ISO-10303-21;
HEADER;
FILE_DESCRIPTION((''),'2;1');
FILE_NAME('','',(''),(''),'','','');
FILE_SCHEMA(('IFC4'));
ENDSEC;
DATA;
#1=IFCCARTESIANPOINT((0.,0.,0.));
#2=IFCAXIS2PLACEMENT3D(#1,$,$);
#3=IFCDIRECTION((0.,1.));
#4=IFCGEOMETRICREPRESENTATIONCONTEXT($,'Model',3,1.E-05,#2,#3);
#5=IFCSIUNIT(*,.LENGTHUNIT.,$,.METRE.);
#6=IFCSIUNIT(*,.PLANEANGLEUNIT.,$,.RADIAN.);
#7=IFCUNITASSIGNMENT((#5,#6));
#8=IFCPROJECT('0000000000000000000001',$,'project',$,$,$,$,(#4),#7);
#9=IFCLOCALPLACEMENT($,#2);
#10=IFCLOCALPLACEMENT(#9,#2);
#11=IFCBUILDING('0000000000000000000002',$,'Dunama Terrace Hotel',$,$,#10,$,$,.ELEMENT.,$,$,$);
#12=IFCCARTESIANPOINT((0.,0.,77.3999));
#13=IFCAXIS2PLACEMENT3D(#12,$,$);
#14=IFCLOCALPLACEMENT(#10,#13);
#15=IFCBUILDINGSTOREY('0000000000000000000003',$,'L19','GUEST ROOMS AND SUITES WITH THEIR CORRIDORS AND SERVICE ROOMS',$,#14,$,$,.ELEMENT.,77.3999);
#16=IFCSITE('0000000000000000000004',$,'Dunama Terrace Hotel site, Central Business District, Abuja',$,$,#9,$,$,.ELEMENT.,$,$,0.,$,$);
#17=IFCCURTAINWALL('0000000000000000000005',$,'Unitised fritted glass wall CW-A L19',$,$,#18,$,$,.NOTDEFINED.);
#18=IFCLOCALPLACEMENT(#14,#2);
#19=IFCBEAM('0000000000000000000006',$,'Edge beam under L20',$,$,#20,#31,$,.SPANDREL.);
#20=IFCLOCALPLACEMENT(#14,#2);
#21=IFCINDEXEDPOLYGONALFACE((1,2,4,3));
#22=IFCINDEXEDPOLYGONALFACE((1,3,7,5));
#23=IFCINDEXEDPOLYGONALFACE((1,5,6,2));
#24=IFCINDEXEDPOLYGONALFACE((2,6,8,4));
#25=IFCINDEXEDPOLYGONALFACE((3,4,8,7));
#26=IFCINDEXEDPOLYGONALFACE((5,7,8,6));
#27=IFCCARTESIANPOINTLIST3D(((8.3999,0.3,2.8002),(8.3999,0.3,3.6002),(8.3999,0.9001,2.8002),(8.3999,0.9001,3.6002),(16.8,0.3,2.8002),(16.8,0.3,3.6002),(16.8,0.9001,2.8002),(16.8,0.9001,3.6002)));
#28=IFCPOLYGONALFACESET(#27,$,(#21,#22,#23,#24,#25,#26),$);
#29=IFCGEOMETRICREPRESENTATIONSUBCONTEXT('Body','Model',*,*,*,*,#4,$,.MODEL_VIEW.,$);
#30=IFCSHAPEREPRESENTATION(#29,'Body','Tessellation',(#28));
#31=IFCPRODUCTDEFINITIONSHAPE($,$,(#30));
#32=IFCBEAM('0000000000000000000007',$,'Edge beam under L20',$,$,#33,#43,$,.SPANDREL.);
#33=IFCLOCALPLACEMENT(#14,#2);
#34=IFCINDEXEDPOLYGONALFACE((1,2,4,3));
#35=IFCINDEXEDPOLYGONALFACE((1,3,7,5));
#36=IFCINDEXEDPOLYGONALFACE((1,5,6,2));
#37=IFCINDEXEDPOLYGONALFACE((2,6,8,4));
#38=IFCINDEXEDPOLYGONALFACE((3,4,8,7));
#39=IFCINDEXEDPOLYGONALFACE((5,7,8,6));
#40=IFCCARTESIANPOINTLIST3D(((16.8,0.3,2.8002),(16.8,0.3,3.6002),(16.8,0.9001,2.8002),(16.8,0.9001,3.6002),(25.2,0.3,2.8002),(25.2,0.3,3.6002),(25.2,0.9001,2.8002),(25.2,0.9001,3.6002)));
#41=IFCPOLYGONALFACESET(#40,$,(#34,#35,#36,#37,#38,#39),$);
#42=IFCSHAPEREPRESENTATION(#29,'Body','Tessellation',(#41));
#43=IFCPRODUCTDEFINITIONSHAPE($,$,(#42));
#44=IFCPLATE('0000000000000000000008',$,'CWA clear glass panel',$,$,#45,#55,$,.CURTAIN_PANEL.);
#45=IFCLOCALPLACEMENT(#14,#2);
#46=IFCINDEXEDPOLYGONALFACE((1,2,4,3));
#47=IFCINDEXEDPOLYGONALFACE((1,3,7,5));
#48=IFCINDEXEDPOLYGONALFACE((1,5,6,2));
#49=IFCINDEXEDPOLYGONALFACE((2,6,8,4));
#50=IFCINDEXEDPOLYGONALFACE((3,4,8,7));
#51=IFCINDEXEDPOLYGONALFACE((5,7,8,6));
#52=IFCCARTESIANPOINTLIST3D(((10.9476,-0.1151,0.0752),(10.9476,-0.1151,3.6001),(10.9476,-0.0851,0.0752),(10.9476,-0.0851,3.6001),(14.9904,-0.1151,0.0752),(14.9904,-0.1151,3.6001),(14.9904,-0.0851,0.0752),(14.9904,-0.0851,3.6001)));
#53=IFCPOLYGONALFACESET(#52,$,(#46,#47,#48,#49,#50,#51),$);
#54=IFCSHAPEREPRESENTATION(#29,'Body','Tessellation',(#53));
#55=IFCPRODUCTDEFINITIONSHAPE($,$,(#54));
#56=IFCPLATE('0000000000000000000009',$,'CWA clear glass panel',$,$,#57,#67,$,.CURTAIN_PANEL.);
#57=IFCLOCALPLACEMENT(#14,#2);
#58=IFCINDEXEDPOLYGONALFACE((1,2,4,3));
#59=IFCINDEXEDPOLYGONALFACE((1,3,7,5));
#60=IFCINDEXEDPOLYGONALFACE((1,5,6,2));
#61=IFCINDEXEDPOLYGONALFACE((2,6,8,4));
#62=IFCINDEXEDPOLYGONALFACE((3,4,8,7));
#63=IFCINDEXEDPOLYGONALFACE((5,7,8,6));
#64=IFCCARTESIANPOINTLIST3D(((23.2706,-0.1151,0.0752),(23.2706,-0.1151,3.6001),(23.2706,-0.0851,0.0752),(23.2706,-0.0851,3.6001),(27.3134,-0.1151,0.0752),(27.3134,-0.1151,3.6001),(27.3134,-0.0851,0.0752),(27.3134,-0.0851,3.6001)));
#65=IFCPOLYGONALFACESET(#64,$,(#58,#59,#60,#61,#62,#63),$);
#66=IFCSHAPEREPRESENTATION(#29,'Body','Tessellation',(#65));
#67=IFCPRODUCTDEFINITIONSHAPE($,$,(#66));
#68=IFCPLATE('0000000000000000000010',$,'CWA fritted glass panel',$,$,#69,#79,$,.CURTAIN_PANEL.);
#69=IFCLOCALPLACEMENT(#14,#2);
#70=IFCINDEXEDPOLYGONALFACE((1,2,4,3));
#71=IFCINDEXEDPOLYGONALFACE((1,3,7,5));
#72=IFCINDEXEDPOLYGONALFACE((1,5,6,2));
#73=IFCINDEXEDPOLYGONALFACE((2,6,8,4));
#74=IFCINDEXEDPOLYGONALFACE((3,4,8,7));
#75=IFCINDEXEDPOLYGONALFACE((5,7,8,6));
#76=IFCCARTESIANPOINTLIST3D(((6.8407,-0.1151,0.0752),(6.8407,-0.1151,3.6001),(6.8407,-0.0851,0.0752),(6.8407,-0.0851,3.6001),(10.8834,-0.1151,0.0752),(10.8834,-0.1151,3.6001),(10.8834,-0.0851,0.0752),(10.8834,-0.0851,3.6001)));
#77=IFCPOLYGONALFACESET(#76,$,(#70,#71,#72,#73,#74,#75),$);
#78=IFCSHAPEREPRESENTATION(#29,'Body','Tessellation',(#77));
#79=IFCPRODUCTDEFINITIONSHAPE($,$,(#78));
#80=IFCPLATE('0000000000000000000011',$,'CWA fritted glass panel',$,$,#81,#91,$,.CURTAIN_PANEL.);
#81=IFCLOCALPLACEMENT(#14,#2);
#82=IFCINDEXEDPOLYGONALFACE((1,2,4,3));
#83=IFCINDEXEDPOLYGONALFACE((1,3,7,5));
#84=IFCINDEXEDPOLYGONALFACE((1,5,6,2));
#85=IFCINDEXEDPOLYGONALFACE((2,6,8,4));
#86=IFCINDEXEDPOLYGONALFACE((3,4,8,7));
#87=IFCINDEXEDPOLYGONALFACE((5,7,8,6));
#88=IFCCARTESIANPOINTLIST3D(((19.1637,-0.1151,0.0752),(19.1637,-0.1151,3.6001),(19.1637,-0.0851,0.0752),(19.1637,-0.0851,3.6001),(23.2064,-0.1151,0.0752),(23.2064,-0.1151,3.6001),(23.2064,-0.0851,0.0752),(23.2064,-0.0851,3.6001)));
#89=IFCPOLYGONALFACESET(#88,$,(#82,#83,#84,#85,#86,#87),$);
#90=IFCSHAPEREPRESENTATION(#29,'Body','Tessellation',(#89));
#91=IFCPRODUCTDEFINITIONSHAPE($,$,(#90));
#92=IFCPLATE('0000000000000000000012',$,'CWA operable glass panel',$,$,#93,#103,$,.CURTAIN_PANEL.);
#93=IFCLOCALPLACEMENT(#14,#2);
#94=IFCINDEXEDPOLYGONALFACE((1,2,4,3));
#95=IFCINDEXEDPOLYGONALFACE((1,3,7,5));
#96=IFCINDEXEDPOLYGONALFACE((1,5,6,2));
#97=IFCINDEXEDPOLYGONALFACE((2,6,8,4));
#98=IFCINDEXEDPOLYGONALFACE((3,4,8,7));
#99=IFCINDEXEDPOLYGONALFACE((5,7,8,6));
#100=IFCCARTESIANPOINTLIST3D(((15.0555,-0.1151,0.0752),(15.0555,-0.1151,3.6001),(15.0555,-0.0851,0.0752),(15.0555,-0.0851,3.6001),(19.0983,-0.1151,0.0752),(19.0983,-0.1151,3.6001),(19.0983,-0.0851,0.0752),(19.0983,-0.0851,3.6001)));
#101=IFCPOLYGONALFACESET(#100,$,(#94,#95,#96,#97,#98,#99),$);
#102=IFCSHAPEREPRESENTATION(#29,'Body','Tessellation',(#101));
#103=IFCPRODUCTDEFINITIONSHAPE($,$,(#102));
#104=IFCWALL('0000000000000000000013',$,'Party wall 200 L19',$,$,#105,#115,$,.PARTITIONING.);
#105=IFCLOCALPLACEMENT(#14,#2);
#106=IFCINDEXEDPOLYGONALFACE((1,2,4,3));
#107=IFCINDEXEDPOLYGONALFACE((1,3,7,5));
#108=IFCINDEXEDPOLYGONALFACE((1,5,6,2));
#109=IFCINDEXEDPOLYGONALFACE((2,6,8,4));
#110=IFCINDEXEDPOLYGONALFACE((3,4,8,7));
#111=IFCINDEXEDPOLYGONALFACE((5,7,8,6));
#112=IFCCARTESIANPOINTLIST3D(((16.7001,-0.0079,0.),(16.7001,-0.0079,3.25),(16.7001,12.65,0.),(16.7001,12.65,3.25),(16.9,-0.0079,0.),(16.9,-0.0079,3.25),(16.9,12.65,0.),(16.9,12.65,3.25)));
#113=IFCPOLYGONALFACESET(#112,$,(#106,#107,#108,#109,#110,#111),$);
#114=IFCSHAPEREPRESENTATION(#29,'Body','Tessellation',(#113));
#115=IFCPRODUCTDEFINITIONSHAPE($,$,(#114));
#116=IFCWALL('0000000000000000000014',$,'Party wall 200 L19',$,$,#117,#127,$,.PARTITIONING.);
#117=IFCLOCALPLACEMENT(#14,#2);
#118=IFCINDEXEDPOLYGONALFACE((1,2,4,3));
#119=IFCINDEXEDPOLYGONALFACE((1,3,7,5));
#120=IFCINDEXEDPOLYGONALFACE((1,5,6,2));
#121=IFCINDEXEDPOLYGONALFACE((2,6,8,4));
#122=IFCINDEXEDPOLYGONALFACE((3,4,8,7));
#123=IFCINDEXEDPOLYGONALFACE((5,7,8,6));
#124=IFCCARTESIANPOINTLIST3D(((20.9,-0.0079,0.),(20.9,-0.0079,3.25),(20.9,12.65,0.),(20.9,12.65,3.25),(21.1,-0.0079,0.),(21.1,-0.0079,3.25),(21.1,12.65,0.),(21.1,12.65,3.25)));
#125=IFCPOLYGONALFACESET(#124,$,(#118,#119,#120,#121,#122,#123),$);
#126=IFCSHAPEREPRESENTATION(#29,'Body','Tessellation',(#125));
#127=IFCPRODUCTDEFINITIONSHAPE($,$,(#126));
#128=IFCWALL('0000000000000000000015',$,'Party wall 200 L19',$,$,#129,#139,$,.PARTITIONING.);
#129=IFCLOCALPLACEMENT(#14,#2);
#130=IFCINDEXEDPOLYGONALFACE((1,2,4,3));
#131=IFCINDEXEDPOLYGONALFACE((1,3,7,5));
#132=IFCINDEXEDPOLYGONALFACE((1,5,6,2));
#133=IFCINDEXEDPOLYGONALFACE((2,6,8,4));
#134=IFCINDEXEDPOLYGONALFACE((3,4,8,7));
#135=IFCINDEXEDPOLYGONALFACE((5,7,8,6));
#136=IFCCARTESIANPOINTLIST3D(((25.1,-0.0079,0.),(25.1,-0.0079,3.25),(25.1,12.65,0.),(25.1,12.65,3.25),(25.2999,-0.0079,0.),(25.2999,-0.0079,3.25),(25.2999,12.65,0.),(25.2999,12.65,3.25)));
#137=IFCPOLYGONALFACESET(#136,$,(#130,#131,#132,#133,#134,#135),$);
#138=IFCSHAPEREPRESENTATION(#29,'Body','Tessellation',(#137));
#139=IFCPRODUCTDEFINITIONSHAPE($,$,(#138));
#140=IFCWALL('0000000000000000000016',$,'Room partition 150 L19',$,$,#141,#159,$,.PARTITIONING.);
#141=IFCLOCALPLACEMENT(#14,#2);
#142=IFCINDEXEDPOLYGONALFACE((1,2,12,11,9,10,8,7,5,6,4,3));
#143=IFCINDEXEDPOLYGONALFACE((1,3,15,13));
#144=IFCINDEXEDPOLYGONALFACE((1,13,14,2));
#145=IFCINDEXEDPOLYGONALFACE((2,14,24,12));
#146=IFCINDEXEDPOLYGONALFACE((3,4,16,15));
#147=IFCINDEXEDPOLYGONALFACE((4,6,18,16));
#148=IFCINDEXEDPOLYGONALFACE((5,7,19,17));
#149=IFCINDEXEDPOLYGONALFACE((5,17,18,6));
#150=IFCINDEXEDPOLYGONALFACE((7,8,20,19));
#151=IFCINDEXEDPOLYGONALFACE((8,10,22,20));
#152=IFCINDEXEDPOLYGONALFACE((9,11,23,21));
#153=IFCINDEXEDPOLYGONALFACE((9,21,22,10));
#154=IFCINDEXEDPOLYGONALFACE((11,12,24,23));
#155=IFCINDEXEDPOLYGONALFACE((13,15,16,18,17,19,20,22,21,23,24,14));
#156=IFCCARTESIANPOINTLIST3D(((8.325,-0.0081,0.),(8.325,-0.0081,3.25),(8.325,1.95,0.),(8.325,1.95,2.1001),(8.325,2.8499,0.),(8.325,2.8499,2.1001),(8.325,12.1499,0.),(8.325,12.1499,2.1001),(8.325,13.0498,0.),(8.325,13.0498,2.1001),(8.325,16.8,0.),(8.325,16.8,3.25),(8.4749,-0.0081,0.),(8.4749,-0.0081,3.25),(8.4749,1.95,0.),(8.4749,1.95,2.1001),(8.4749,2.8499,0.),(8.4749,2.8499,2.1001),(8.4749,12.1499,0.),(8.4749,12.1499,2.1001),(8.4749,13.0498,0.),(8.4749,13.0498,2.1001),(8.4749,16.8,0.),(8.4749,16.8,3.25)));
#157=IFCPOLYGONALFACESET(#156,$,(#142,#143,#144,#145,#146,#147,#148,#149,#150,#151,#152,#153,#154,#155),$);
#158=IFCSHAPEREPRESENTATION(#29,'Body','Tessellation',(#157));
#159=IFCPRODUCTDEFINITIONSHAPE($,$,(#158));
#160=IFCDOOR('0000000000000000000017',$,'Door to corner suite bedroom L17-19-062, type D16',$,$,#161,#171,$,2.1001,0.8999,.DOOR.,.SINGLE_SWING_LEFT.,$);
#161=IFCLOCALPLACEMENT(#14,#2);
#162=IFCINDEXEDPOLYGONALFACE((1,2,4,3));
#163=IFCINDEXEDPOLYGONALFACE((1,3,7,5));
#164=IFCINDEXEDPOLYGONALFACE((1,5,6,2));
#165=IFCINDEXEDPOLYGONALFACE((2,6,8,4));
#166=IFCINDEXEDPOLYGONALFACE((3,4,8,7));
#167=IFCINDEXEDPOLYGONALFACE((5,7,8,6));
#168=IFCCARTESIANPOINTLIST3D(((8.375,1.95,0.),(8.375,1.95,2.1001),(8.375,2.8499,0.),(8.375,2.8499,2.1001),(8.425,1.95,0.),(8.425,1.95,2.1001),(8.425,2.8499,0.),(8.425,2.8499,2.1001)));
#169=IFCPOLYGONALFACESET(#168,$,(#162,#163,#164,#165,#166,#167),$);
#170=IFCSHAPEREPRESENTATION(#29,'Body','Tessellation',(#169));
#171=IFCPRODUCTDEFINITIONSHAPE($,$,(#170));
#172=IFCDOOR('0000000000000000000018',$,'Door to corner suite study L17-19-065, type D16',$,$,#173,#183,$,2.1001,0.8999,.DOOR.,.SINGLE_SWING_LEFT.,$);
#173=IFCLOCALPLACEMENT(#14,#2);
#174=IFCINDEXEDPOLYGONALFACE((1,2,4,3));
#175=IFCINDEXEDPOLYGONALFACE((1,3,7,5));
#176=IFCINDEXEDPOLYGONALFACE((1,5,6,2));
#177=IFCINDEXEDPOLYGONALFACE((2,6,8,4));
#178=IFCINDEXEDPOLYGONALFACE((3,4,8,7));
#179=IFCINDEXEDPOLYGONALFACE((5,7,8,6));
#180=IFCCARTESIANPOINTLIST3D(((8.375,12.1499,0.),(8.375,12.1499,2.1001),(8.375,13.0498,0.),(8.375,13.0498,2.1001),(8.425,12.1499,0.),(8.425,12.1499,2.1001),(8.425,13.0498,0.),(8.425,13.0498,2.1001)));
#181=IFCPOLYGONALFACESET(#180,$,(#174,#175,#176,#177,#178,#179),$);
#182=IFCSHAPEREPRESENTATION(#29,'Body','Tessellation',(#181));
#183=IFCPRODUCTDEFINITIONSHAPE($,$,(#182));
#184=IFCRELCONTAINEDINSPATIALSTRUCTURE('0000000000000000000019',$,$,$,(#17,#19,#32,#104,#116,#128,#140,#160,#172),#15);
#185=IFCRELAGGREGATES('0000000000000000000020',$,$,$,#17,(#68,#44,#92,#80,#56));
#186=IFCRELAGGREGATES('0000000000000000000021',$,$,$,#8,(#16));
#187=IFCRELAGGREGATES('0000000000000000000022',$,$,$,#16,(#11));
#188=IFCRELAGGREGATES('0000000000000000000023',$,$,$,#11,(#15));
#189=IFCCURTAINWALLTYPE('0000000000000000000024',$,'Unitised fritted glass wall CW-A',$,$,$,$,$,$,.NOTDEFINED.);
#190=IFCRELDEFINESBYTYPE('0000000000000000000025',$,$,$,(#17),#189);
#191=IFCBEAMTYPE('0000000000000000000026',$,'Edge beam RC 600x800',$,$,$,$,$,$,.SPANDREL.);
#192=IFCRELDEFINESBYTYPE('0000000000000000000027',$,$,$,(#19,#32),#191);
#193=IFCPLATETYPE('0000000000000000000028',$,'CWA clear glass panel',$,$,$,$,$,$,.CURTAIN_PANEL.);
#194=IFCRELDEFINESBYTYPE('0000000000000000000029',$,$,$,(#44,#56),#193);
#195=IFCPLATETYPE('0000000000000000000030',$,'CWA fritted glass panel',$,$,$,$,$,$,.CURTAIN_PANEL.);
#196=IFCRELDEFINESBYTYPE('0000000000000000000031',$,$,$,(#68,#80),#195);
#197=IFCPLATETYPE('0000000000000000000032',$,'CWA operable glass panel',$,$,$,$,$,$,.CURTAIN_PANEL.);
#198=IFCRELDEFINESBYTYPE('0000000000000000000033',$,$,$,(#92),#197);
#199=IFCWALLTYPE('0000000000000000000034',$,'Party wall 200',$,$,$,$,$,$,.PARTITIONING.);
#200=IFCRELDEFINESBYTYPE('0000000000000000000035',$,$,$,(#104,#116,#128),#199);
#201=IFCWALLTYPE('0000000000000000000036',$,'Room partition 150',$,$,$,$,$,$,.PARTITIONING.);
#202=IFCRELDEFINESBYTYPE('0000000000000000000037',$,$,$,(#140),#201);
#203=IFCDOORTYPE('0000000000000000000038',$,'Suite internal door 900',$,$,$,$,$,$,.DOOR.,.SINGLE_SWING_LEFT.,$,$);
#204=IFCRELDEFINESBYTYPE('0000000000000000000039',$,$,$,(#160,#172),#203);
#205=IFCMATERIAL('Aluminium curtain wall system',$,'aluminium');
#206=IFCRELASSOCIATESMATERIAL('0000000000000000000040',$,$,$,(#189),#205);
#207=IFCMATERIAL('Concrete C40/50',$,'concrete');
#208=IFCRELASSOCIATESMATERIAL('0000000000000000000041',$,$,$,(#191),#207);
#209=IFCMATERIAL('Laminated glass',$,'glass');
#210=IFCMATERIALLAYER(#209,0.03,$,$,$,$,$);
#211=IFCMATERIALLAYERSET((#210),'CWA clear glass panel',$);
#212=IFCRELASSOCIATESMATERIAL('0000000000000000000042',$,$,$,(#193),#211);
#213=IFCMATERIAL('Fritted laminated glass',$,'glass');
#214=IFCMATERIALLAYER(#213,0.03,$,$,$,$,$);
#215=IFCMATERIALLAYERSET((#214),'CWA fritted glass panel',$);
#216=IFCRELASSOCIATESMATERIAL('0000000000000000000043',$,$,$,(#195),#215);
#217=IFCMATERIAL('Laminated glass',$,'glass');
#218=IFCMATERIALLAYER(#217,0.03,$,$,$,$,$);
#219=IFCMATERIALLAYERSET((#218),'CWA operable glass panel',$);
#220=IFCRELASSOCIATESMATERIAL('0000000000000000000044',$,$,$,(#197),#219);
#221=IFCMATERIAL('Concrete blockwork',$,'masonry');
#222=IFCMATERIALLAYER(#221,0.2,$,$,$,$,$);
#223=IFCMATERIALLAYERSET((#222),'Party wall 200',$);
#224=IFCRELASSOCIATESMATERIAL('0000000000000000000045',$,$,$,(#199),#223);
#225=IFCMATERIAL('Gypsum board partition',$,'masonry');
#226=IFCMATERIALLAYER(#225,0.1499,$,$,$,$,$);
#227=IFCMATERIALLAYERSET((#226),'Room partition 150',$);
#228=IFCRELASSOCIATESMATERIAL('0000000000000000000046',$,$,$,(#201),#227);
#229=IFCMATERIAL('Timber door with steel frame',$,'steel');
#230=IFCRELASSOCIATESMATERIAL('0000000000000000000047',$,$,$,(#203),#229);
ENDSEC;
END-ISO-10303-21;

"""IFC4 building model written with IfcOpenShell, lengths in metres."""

from ifc_helpers import new_model, si_unit, direction, frame, frame_2d, origin, origin_2d, place, context, subcontext, project, spatial, rectangle, extrude, material, layer, layer_set, material_profile, profile_set, type_object, element, fill, aggregate, save


model = new_model("IFC4")

# Units and contexts
model_context = context("Model", 3, precision=1e-05, world=origin(), true_north=direction((0.0, 1.0)))
body_context = subcontext(model_context, "Body", "Model", "MODEL_VIEW")
ifc_project = project(units=[si_unit("LENGTHUNIT", "METRE"), si_unit("PLANEANGLEUNIT", "RADIAN")], contexts=[model_context])

# Site, building, storey
site_placement = place(None, origin())
site = spatial("IfcSite", under=ifc_project, at=site_placement, Name="Dunama Terrace Hotel site, Central Business District, Abuja", CompositionType="ELEMENT", RefElevation=0.0)
building_placement = place(site_placement, origin())
building = spatial("IfcBuilding", under=site, at=building_placement, Name="Dunama Terrace Hotel", CompositionType="ELEMENT")
storey_placement = place(building_placement, frame((0.0, 0.0, 77.3999)))
storey = spatial("IfcBuildingStorey", under=building, at=storey_placement, Name="L19", Description="GUEST ROOMS AND SUITES WITH THEIR CORRIDORS AND SERVICE ROOMS", CompositionType="ELEMENT", Elevation=77.3999)

# Curtain wall
ifc_material_1 = material(Name="Aluminium curtain wall system", Category="aluminium")
curtain_wall_type = type_object("IfcCurtainWallType", Name="Unitised fritted glass wall CW-A", PredefinedType="NOTDEFINED", material=ifc_material_1)
curtain_wall_placement = place(storey_placement, origin())
curtain_wall = element("IfcCurtainWall", 1, at=curtain_wall_placement, inside=storey, type_object=curtain_wall_type, Name="Unitised fritted glass wall CW-A L19", PredefinedType="NOTDEFINED")

# Beams
ifc_material_2 = material(Name="Concrete C40/50", Category="concrete")
ifc_material_profile_1 = material_profile(ifc_material_2, rectangle(XDim=0.6001, YDim=0.8, at=origin_2d()), Name="RC 600x800")
ifc_profile_set_1 = profile_set([ifc_material_profile_1], Name="Concrete C40/50")
beam_type_1 = type_object("IfcBeamType", Name="Edge beam RC 600x800", PredefinedType="SPANDREL", material=ifc_profile_set_1)
beam_1_placement = place(storey_placement, frame((8.3999, 0.6001, 3.2002), z_axis=(1.0, 0.0, 0.0), x_axis=(0.0, 1.0, 0.0)))
element("IfcBeam", 2, at=beam_1_placement, inside=storey, type_object=beam_type_1, Name="Edge beam under L20", PredefinedType="SPANDREL", context=body_context, shape_type="SweptSolid", body=[
    extrude(rectangle(XDim=0.6001, YDim=0.8, at=origin_2d()), origin(), (0.0, 0.0, 1.0), 8.4001),
])
beam_2_placement = place(storey_placement, frame((16.8, 0.6001, 3.2002), z_axis=(1.0, 0.0, 0.0), x_axis=(0.0, 1.0, 0.0)))
element("IfcBeam", 3, at=beam_2_placement, inside=storey, type_object=beam_type_1, Name="Edge beam under L20", PredefinedType="SPANDREL", context=body_context, shape_type="SweptSolid", body=[
    extrude(rectangle(XDim=0.6001, YDim=0.8, at=origin_2d()), origin(), (0.0, 0.0, 1.0), 8.3999),
])

# Plates
ifc_material_3 = material(Name="Laminated glass", Category="glass")
ifc_layer_1 = layer(ifc_material_3, 0.03)
ifc_layer_set_1 = layer_set([ifc_layer_1], Name="CWA clear glass panel")
plate_type_1 = type_object("IfcPlateType", Name="CWA clear glass panel", PredefinedType="CURTAIN_PANEL", material=ifc_layer_set_1)
plate_1_placement = place(storey_placement, frame((12.969, -0.1001, 0.0752), z_axis=(0.0, 0.0, 1.0), x_axis=(1.0, 0.0, 0.0)))
plate_1 = element("IfcPlate", 4, at=plate_1_placement, type_object=plate_type_1, Name="CWA clear glass panel", PredefinedType="CURTAIN_PANEL", context=body_context, shape_type="SweptSolid", body=[
    extrude(rectangle(XDim=4.0427, YDim=0.03, at=origin_2d()), origin(), (0.0, 0.0, 1.0), 3.5249),
])
plate_2_placement = place(storey_placement, frame((25.292, -0.1001, 0.0752), z_axis=(0.0, 0.0, 1.0), x_axis=(1.0, 0.0, 0.0)))
plate_2 = element("IfcPlate", 5, at=plate_2_placement, type_object=plate_type_1, Name="CWA clear glass panel", PredefinedType="CURTAIN_PANEL", context=body_context, shape_type="SweptSolid", body=[
    extrude(rectangle(XDim=4.0427, YDim=0.03, at=origin_2d()), origin(), (0.0, 0.0, 1.0), 3.5249),
])
ifc_material_4 = material(Name="Fritted laminated glass", Category="glass")
ifc_layer_2 = layer(ifc_material_4, 0.03)
ifc_layer_set_2 = layer_set([ifc_layer_2], Name="CWA fritted glass panel")
plate_type_2 = type_object("IfcPlateType", Name="CWA fritted glass panel", PredefinedType="CURTAIN_PANEL", material=ifc_layer_set_2)
plate_3_placement = place(storey_placement, frame((8.8621, -0.1001, 0.0752), z_axis=(0.0, 0.0, 1.0), x_axis=(1.0, 0.0, 0.0)))
plate_3 = element("IfcPlate", 6, at=plate_3_placement, type_object=plate_type_2, Name="CWA fritted glass panel", PredefinedType="CURTAIN_PANEL", context=body_context, shape_type="SweptSolid", body=[
    extrude(rectangle(XDim=4.0427, YDim=0.03, at=origin_2d()), origin(), (0.0, 0.0, 1.0), 3.5249),
])
plate_4_placement = place(storey_placement, frame((21.1851, -0.1001, 0.0752), z_axis=(0.0, 0.0, 1.0), x_axis=(1.0, 0.0, 0.0)))
plate_4 = element("IfcPlate", 7, at=plate_4_placement, type_object=plate_type_2, Name="CWA fritted glass panel", PredefinedType="CURTAIN_PANEL", context=body_context, shape_type="SweptSolid", body=[
    extrude(rectangle(XDim=4.0427, YDim=0.03, at=origin_2d()), origin(), (0.0, 0.0, 1.0), 3.5249),
])
ifc_material_5 = material(Name="Laminated glass", Category="glass")
ifc_layer_3 = layer(ifc_material_5, 0.03)
ifc_layer_set_3 = layer_set([ifc_layer_3], Name="CWA operable glass panel")
plate_type_3 = type_object("IfcPlateType", Name="CWA operable glass panel", PredefinedType="CURTAIN_PANEL", material=ifc_layer_set_3)
plate_5_placement = place(storey_placement, frame((17.0769, -0.1001, 0.0752), z_axis=(0.0, 0.0, 1.0), x_axis=(1.0, 0.0, 0.0)))
plate_5 = element("IfcPlate", 8, at=plate_5_placement, type_object=plate_type_3, Name="CWA operable glass panel", PredefinedType="CURTAIN_PANEL", context=body_context, shape_type="SweptSolid", body=[
    extrude(rectangle(XDim=4.0427, YDim=0.03, at=origin_2d()), origin(), (0.0, 0.0, 1.0), 3.5249),
])
aggregate(curtain_wall, [plate_3, plate_1, plate_5, plate_4, plate_2])

# Walls
ifc_material_6 = material(Name="Concrete blockwork", Category="masonry")
ifc_layer_4 = layer(ifc_material_6, 0.2)
ifc_layer_set_4 = layer_set([ifc_layer_4], Name="Party wall 200")
wall_type_1 = type_object("IfcWallType", Name="Party wall 200", PredefinedType="PARTITIONING", material=ifc_layer_set_4)
for number, where, z_axis, x_axis, name in (
    (9, (16.8, -0.0081, 0.0), (0.0, 0.0, 1.0), (0.0, 1.0, 0.0), "Party wall 200 L19"),
    (10, (21.0, -0.0081, 0.0), (0.0, 0.0, 1.0), (0.0, 1.0, 0.0), "Party wall 200 L19"),
    (11, (25.2, -0.0081, 0.0), (0.0, 0.0, 1.0), (0.0, 1.0, 0.0), "Party wall 200 L19"),
):
    element("IfcWall", number, at=place(storey_placement, frame(where, z_axis=z_axis, x_axis=x_axis)), inside=storey, type_object=wall_type_1, Name=name, PredefinedType="PARTITIONING", context=body_context, shape_type="SweptSolid", body=[
        extrude(rectangle(XDim=12.658, YDim=0.2, at=frame_2d((6.3291, 0.0))), origin(), (0.0, 0.0, 1.0), 3.25),
    ])

# Wall, openings, doors
ifc_material_7 = material(Name="Gypsum board partition", Category="masonry")
ifc_layer_5 = layer(ifc_material_7, 0.1499)
ifc_layer_set_5 = layer_set([ifc_layer_5], Name="Room partition 150")
wall_type_2 = type_object("IfcWallType", Name="Room partition 150", PredefinedType="PARTITIONING", material=ifc_layer_set_5)
wall_placement = place(storey_placement, frame((8.3999, -0.0081, 0.0), z_axis=(0.0, 0.0, 1.0), x_axis=(0.0, 1.0, 0.0)))
wall = element("IfcWall", 12, at=wall_placement, inside=storey, type_object=wall_type_2, Name="Room partition 150 L19", PredefinedType="PARTITIONING", context=body_context, shape_type="SweptSolid", body=[
    extrude(rectangle(XDim=16.8081, YDim=0.1499, at=frame_2d((8.4041, 0.0))), origin(), (0.0, 0.0, 1.0), 3.25),
])
opening_1_placement = place(wall_placement, frame((1.958, 0.0, 0.0)))
opening_1 = element("IfcOpeningElement", 13, at=opening_1_placement, cuts=wall, PredefinedType="OPENING", context=body_context, shape_type="SweptSolid", body=[
    extrude(rectangle(XDim=0.8999, YDim=2.1001, at=frame_2d((0.45, 1.05))), frame((0.0, 0.085, 0.0), z_axis=(0.0, -1.0, 0.0), x_axis=(1.0, 0.0, 0.0)), (0.0, 0.0, 1.0), 0.1699),
])
opening_2_placement = place(wall_placement, frame((12.158, 0.0, 0.0)))
opening_2 = element("IfcOpeningElement", 14, at=opening_2_placement, cuts=wall, PredefinedType="OPENING", context=body_context, shape_type="SweptSolid", body=[
    extrude(rectangle(XDim=0.8999, YDim=2.1001, at=frame_2d((0.45, 1.05))), frame((0.0, 0.085, 0.0), z_axis=(0.0, -1.0, 0.0), x_axis=(1.0, 0.0, 0.0)), (0.0, 0.0, 1.0), 0.1699),
])
ifc_material_8 = material(Name="Timber door with steel frame", Category="steel")
door_type = type_object("IfcDoorType", Name="Suite internal door 900", OperationType="SINGLE_SWING_LEFT", PredefinedType="DOOR", material=ifc_material_8)
door_1_placement = place(opening_1_placement, origin())
door_1 = element("IfcDoor", 15, at=door_1_placement, inside=storey, type_object=door_type, Name="Door to corner suite bedroom L17-19-062, type D16", OperationType="SINGLE_SWING_LEFT", OverallHeight=2.1001, OverallWidth=0.8999, PredefinedType="DOOR", context=body_context, shape_type="SweptSolid", body=[
    extrude(rectangle(XDim=0.8999, YDim=2.1001, at=frame_2d((0.45, 1.05))), frame((0.0, 0.0249, 0.0), z_axis=(0.0, -1.0, 0.0), x_axis=(1.0, 0.0, 0.0)), (0.0, 0.0, 1.0), 0.05),
])
fill(opening_1, door_1)
door_2_placement = place(opening_2_placement, origin())
door_2 = element("IfcDoor", 16, at=door_2_placement, inside=storey, type_object=door_type, Name="Door to corner suite study L17-19-065, type D16", OperationType="SINGLE_SWING_LEFT", OverallHeight=2.1001, OverallWidth=0.8999, PredefinedType="DOOR", context=body_context, shape_type="SweptSolid", body=[
    extrude(rectangle(XDim=0.8999, YDim=2.1001, at=frame_2d((0.45, 1.05))), frame((0.0, 0.0249, 0.0), z_axis=(0.0, -1.0, 0.0), x_axis=(1.0, 0.0, 0.0)), (0.0, 0.0, 1.0), 0.05),
])
fill(opening_2, door_2)

save(model, "model.ifc")
